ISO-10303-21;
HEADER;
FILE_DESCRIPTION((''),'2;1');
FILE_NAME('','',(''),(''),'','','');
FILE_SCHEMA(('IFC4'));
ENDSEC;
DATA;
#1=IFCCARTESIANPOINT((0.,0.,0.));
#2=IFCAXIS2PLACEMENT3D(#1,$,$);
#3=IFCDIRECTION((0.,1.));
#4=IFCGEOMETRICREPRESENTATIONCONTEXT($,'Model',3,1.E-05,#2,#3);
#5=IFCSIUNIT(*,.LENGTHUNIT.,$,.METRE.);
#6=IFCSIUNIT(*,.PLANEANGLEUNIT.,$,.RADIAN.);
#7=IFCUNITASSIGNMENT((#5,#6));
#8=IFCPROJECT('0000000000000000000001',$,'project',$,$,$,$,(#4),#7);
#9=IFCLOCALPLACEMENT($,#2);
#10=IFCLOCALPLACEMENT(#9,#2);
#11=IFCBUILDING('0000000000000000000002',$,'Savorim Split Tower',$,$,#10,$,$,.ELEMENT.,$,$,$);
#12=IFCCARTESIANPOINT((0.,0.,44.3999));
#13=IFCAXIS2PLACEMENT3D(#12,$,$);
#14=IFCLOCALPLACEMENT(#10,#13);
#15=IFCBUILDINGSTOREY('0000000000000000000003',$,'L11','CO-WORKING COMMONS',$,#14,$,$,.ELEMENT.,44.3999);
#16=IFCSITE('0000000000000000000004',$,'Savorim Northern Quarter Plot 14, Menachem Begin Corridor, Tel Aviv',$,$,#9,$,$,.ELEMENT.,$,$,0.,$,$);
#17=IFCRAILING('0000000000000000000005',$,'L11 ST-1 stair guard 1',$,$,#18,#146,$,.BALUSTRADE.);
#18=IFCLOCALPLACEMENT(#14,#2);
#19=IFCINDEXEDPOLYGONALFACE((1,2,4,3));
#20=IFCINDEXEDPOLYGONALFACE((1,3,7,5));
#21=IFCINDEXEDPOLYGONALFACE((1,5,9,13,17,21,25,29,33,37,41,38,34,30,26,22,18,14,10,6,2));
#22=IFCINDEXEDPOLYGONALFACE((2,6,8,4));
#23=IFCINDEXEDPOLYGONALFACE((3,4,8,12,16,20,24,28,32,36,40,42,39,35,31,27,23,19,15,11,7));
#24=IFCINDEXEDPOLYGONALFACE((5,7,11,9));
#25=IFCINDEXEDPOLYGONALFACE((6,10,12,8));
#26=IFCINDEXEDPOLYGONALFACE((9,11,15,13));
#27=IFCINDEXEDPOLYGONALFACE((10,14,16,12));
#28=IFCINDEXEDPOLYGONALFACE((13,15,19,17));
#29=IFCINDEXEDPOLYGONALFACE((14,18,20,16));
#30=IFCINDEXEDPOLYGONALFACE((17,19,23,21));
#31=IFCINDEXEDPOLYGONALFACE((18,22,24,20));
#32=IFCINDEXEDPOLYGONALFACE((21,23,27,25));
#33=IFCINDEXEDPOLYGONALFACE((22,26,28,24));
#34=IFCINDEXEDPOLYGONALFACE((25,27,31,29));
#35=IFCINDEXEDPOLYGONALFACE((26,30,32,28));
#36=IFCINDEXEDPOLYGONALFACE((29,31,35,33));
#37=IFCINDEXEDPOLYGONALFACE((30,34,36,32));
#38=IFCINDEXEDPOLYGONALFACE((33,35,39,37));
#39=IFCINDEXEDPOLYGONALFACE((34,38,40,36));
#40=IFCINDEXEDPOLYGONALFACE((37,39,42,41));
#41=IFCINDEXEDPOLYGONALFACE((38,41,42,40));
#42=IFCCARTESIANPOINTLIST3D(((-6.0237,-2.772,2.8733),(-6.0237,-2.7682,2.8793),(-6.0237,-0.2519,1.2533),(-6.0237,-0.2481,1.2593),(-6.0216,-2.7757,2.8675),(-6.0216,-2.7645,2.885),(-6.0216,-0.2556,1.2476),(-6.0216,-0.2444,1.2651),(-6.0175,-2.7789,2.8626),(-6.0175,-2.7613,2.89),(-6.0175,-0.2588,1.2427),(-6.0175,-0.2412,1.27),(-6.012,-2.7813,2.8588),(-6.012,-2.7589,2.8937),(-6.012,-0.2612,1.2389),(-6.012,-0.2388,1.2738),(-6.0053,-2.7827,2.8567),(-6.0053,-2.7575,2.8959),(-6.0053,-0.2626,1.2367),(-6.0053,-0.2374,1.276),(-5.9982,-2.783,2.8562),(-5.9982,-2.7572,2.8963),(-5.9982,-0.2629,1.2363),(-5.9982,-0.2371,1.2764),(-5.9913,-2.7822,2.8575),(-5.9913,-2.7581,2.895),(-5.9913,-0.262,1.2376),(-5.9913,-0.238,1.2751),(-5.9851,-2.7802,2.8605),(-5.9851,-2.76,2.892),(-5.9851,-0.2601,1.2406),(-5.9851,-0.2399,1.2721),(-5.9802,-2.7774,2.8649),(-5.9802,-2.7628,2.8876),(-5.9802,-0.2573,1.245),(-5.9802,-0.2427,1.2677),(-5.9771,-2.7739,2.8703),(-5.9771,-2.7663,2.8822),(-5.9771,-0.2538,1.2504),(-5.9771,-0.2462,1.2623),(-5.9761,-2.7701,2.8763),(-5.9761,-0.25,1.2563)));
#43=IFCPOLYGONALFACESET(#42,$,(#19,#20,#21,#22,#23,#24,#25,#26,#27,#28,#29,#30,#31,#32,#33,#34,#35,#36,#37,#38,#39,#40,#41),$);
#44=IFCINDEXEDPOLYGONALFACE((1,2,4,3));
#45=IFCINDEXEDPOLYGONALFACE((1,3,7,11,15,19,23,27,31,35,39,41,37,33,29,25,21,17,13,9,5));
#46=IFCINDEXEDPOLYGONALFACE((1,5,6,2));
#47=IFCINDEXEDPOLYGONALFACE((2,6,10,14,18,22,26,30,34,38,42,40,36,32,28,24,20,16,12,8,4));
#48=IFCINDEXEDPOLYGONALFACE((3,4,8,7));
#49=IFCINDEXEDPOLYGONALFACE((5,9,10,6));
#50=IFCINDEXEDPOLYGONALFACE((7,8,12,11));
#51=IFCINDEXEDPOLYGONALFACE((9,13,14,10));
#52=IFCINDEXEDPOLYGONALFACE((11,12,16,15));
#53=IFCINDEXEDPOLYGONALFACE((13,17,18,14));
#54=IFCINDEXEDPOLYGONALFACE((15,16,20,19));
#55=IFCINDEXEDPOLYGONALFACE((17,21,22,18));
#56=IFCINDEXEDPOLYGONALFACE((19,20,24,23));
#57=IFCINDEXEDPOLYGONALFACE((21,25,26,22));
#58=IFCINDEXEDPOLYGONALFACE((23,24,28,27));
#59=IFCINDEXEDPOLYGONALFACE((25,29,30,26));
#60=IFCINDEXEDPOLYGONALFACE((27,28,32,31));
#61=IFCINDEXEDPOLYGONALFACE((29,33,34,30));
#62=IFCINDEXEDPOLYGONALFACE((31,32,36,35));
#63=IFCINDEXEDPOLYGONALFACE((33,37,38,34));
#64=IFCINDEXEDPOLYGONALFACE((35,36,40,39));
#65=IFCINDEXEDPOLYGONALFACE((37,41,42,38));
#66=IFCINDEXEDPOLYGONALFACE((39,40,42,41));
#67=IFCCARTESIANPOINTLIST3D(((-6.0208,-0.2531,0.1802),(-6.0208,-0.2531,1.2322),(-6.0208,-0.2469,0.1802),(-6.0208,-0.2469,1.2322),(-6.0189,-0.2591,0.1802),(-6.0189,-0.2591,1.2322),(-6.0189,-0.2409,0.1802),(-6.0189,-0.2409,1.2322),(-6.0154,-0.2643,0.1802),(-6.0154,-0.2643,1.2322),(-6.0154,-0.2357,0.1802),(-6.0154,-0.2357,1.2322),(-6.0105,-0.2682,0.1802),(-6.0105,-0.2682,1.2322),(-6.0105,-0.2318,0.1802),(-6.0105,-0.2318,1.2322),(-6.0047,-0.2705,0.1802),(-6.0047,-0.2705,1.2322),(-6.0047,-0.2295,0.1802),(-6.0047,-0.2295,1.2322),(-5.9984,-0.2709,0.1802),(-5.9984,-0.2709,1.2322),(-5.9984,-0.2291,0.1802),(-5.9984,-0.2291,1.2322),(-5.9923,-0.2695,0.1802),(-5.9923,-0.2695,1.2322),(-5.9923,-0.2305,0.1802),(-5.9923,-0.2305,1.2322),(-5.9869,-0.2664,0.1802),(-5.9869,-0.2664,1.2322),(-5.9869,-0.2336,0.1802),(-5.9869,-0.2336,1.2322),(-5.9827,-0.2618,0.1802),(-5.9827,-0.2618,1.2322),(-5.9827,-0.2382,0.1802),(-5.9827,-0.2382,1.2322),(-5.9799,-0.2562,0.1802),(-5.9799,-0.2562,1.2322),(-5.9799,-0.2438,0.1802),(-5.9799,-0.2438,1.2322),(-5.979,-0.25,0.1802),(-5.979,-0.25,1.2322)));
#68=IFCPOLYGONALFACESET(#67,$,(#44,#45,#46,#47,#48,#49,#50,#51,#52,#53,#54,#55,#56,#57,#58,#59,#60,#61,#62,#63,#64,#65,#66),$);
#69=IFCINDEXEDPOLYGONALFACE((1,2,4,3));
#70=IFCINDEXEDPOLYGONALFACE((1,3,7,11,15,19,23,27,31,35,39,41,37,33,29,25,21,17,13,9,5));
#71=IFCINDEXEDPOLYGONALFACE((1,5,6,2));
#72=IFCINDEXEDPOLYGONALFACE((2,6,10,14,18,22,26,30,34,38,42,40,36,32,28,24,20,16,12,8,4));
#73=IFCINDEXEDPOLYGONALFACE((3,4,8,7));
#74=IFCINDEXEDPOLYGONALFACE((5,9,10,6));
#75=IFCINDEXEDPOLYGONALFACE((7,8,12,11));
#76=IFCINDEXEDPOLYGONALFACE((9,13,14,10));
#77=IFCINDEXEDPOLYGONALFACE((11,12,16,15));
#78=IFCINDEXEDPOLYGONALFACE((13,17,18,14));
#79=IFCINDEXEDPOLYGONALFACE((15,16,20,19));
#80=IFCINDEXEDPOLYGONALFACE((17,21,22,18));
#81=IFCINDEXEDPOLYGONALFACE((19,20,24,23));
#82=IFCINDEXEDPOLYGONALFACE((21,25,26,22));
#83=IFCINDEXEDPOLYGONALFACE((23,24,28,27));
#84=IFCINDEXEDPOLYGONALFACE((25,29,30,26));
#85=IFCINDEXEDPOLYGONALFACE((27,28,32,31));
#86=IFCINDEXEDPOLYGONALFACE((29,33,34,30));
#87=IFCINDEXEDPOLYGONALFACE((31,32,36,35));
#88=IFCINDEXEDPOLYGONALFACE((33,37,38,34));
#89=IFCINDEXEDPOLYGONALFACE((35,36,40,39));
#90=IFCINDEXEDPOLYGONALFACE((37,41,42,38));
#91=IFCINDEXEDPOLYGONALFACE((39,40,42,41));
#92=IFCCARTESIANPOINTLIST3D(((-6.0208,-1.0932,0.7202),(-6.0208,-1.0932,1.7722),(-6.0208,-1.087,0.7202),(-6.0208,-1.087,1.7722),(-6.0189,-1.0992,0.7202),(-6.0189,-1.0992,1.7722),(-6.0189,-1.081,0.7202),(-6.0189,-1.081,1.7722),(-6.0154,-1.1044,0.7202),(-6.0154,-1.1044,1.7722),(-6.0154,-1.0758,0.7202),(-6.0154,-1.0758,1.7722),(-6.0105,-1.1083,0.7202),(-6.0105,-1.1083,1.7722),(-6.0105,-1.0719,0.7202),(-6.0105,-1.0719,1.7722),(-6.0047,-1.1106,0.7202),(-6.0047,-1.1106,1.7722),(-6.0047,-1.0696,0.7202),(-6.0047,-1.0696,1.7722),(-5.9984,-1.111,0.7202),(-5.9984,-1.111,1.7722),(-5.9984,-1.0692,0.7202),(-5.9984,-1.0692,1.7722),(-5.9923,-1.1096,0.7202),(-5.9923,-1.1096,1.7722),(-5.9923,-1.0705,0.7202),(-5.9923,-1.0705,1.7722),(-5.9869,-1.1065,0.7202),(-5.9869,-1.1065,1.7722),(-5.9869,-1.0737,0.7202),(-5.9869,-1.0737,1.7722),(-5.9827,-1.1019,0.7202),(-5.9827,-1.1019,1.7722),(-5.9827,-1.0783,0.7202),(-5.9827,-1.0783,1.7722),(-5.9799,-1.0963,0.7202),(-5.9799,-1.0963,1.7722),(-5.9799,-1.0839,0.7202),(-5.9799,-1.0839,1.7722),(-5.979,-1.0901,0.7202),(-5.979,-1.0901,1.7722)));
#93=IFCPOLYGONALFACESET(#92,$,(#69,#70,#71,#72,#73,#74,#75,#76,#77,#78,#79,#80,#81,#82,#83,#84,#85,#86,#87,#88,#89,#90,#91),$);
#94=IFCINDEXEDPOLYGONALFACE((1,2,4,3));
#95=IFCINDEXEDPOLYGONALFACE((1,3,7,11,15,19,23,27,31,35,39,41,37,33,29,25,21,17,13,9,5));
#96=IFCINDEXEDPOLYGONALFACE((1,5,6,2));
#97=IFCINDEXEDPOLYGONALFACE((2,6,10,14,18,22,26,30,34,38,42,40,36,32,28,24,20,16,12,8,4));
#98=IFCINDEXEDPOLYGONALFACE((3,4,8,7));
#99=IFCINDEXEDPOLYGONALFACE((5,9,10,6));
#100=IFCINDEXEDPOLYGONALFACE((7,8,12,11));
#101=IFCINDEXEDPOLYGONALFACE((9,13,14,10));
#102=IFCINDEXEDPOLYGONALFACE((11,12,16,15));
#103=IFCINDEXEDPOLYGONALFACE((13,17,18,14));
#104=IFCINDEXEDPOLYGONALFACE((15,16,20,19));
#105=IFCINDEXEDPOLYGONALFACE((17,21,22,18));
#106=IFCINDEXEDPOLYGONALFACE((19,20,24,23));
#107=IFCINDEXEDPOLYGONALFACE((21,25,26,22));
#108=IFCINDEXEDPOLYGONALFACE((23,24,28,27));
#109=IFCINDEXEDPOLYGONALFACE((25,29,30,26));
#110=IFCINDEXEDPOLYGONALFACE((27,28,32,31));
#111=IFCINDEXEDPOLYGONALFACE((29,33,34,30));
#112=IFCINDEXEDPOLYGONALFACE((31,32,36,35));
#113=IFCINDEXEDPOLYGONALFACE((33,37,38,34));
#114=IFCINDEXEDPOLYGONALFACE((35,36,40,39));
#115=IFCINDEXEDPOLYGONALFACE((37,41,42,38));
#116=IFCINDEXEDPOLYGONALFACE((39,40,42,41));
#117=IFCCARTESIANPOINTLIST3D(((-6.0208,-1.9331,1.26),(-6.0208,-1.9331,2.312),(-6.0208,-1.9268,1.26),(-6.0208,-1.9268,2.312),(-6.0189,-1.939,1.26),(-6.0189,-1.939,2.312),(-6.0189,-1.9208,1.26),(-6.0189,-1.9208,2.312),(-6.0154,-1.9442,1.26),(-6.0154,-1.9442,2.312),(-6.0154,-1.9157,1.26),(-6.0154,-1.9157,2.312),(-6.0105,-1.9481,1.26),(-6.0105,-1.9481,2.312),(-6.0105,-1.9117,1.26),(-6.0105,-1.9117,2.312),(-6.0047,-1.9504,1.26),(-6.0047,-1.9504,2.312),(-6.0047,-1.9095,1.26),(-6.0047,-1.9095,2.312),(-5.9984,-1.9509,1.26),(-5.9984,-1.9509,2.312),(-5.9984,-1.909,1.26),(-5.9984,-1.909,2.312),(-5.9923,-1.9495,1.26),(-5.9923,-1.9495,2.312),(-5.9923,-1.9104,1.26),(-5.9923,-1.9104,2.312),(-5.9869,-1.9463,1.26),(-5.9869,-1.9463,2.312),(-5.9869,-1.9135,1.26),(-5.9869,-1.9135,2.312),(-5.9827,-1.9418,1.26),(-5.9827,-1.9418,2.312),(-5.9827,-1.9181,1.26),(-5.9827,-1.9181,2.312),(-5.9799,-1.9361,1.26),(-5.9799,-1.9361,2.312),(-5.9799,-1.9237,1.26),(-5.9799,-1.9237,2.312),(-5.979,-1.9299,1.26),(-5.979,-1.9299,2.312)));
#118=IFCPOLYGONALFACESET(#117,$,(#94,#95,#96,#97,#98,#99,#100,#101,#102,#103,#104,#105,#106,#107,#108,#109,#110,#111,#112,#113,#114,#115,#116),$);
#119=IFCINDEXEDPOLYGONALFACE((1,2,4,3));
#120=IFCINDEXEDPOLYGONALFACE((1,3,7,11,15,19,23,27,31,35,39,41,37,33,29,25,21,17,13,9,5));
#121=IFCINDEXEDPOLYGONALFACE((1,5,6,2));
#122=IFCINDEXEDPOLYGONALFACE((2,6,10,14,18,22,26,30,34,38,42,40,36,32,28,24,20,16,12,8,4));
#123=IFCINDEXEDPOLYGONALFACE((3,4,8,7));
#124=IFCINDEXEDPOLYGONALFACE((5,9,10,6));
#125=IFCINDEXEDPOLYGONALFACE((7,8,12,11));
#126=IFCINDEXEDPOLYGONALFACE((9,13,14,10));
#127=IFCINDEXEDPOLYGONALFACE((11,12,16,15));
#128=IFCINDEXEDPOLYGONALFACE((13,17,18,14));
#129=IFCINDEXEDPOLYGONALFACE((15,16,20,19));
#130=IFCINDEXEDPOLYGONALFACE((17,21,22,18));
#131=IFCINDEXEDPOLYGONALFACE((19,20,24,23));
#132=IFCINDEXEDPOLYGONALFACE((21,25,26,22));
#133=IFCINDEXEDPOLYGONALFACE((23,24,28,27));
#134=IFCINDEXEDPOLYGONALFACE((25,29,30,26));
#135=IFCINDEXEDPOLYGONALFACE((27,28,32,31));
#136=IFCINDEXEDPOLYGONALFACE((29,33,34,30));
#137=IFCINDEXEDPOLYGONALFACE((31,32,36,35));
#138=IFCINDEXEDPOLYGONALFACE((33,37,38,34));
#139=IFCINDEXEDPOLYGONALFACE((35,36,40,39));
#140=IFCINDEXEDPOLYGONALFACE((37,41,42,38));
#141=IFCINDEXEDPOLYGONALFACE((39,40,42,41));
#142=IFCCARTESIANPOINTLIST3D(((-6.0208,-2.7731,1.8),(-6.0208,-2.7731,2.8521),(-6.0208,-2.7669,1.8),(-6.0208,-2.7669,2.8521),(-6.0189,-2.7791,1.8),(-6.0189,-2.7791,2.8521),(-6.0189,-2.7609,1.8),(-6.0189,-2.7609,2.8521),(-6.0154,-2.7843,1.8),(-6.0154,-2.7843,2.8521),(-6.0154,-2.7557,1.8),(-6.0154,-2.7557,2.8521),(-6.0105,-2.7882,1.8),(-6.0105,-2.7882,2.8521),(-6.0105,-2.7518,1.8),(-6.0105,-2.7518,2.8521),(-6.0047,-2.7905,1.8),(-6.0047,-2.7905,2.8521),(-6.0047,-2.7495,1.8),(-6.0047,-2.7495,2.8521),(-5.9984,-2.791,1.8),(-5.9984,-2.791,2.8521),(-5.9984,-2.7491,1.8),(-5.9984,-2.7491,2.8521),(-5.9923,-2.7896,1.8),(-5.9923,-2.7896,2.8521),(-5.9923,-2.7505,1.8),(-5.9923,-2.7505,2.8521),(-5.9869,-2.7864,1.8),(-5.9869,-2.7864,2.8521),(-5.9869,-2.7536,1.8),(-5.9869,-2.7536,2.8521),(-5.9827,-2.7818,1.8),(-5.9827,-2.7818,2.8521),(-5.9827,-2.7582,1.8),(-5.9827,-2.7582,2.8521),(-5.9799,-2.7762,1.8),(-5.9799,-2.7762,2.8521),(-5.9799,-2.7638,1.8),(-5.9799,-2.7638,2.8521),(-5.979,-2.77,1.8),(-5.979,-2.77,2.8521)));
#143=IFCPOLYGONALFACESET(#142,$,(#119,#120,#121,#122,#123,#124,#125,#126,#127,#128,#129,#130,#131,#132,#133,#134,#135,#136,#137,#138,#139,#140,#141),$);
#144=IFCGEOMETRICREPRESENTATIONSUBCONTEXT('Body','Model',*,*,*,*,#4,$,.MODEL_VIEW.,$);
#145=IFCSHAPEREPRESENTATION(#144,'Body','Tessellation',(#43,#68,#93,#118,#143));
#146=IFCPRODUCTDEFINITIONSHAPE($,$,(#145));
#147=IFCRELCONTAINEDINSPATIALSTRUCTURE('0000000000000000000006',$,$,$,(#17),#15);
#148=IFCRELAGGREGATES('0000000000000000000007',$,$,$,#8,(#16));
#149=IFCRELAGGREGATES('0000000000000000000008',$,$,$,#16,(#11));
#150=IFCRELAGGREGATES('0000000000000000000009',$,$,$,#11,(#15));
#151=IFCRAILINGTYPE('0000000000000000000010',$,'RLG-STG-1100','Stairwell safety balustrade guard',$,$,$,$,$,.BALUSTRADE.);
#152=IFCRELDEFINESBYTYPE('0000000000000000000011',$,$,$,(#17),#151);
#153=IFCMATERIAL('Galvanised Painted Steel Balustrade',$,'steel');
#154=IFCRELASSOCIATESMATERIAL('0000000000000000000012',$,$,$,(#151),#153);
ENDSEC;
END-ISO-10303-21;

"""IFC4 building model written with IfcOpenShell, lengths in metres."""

from ifc_helpers import new_model, si_unit, direction, frame, origin, origin_2d, place, context, subcontext, project, spatial, circle, extrude, material, type_object, element, save


model = new_model("IFC4")

# Units and contexts
model_context = context("Model", 3, precision=1e-05, world=origin(), true_north=direction((0.0, 1.0)))
body_context = subcontext(model_context, "Body", "Model", "MODEL_VIEW")
ifc_project = project(units=[si_unit("LENGTHUNIT", "METRE"), si_unit("PLANEANGLEUNIT", "RADIAN")], contexts=[model_context])

# Site, building, storey
site_placement = place(None, origin())
site = spatial("IfcSite", under=ifc_project, at=site_placement, Name="Savorim Northern Quarter Plot 14, Menachem Begin Corridor, Tel Aviv", CompositionType="ELEMENT", RefElevation=0.0)
building_placement = place(site_placement, origin())
building = spatial("IfcBuilding", under=site, at=building_placement, Name="Savorim Split Tower", CompositionType="ELEMENT")
storey_placement = place(building_placement, frame((0.0, 0.0, 44.3999)))
storey = spatial("IfcBuildingStorey", under=building, at=storey_placement, Name="L11", Description="CO-WORKING COMMONS", CompositionType="ELEMENT", Elevation=44.3999)

# Railing
ifc_material_1 = material(Name="Galvanised Painted Steel Balustrade", Category="steel")
railing_type_1 = type_object("IfcRailingType", Name="RLG-STG-1100", Description="Stairwell safety balustrade guard", PredefinedType="BALUSTRADE", material=ifc_material_1)
railing_1_placement = place(storey_placement, frame((-6.0, -0.25, 0.1802)))
element("IfcRailing", 1, at=railing_1_placement, inside=storey, type_object=railing_type_1, Name="L11 ST-1 stair guard 1", PredefinedType="BALUSTRADE", context=body_context, shape_type="SweptSolid", body=[
    extrude(circle(Radius=0.0239, at=origin_2d()), frame((0.0, 0.0, 1.0762), z_axis=(0.0, -0.8412, 0.540725), x_axis=(1.0, 0.0, 0.0)), (0.0, 0.0, 1.0), 2.9958),
    extrude(circle(Radius=0.021, at=origin_2d()), origin(), (0.0, 0.0, 1.0), 1.052),
    extrude(circle(Radius=0.021, at=origin_2d()), frame((0.0, -0.8401, 0.54)), (0.0, 0.0, 1.0), 1.052),
    extrude(circle(Radius=0.021, at=origin_2d()), frame((0.0, -1.6799, 1.0798)), (0.0, 0.0, 1.0), 1.052),
    extrude(circle(Radius=0.021, at=origin_2d()), frame((0.0, -2.52, 1.6199)), (0.0, 0.0, 1.0), 1.052),
])

save(model, "model.ifc")
